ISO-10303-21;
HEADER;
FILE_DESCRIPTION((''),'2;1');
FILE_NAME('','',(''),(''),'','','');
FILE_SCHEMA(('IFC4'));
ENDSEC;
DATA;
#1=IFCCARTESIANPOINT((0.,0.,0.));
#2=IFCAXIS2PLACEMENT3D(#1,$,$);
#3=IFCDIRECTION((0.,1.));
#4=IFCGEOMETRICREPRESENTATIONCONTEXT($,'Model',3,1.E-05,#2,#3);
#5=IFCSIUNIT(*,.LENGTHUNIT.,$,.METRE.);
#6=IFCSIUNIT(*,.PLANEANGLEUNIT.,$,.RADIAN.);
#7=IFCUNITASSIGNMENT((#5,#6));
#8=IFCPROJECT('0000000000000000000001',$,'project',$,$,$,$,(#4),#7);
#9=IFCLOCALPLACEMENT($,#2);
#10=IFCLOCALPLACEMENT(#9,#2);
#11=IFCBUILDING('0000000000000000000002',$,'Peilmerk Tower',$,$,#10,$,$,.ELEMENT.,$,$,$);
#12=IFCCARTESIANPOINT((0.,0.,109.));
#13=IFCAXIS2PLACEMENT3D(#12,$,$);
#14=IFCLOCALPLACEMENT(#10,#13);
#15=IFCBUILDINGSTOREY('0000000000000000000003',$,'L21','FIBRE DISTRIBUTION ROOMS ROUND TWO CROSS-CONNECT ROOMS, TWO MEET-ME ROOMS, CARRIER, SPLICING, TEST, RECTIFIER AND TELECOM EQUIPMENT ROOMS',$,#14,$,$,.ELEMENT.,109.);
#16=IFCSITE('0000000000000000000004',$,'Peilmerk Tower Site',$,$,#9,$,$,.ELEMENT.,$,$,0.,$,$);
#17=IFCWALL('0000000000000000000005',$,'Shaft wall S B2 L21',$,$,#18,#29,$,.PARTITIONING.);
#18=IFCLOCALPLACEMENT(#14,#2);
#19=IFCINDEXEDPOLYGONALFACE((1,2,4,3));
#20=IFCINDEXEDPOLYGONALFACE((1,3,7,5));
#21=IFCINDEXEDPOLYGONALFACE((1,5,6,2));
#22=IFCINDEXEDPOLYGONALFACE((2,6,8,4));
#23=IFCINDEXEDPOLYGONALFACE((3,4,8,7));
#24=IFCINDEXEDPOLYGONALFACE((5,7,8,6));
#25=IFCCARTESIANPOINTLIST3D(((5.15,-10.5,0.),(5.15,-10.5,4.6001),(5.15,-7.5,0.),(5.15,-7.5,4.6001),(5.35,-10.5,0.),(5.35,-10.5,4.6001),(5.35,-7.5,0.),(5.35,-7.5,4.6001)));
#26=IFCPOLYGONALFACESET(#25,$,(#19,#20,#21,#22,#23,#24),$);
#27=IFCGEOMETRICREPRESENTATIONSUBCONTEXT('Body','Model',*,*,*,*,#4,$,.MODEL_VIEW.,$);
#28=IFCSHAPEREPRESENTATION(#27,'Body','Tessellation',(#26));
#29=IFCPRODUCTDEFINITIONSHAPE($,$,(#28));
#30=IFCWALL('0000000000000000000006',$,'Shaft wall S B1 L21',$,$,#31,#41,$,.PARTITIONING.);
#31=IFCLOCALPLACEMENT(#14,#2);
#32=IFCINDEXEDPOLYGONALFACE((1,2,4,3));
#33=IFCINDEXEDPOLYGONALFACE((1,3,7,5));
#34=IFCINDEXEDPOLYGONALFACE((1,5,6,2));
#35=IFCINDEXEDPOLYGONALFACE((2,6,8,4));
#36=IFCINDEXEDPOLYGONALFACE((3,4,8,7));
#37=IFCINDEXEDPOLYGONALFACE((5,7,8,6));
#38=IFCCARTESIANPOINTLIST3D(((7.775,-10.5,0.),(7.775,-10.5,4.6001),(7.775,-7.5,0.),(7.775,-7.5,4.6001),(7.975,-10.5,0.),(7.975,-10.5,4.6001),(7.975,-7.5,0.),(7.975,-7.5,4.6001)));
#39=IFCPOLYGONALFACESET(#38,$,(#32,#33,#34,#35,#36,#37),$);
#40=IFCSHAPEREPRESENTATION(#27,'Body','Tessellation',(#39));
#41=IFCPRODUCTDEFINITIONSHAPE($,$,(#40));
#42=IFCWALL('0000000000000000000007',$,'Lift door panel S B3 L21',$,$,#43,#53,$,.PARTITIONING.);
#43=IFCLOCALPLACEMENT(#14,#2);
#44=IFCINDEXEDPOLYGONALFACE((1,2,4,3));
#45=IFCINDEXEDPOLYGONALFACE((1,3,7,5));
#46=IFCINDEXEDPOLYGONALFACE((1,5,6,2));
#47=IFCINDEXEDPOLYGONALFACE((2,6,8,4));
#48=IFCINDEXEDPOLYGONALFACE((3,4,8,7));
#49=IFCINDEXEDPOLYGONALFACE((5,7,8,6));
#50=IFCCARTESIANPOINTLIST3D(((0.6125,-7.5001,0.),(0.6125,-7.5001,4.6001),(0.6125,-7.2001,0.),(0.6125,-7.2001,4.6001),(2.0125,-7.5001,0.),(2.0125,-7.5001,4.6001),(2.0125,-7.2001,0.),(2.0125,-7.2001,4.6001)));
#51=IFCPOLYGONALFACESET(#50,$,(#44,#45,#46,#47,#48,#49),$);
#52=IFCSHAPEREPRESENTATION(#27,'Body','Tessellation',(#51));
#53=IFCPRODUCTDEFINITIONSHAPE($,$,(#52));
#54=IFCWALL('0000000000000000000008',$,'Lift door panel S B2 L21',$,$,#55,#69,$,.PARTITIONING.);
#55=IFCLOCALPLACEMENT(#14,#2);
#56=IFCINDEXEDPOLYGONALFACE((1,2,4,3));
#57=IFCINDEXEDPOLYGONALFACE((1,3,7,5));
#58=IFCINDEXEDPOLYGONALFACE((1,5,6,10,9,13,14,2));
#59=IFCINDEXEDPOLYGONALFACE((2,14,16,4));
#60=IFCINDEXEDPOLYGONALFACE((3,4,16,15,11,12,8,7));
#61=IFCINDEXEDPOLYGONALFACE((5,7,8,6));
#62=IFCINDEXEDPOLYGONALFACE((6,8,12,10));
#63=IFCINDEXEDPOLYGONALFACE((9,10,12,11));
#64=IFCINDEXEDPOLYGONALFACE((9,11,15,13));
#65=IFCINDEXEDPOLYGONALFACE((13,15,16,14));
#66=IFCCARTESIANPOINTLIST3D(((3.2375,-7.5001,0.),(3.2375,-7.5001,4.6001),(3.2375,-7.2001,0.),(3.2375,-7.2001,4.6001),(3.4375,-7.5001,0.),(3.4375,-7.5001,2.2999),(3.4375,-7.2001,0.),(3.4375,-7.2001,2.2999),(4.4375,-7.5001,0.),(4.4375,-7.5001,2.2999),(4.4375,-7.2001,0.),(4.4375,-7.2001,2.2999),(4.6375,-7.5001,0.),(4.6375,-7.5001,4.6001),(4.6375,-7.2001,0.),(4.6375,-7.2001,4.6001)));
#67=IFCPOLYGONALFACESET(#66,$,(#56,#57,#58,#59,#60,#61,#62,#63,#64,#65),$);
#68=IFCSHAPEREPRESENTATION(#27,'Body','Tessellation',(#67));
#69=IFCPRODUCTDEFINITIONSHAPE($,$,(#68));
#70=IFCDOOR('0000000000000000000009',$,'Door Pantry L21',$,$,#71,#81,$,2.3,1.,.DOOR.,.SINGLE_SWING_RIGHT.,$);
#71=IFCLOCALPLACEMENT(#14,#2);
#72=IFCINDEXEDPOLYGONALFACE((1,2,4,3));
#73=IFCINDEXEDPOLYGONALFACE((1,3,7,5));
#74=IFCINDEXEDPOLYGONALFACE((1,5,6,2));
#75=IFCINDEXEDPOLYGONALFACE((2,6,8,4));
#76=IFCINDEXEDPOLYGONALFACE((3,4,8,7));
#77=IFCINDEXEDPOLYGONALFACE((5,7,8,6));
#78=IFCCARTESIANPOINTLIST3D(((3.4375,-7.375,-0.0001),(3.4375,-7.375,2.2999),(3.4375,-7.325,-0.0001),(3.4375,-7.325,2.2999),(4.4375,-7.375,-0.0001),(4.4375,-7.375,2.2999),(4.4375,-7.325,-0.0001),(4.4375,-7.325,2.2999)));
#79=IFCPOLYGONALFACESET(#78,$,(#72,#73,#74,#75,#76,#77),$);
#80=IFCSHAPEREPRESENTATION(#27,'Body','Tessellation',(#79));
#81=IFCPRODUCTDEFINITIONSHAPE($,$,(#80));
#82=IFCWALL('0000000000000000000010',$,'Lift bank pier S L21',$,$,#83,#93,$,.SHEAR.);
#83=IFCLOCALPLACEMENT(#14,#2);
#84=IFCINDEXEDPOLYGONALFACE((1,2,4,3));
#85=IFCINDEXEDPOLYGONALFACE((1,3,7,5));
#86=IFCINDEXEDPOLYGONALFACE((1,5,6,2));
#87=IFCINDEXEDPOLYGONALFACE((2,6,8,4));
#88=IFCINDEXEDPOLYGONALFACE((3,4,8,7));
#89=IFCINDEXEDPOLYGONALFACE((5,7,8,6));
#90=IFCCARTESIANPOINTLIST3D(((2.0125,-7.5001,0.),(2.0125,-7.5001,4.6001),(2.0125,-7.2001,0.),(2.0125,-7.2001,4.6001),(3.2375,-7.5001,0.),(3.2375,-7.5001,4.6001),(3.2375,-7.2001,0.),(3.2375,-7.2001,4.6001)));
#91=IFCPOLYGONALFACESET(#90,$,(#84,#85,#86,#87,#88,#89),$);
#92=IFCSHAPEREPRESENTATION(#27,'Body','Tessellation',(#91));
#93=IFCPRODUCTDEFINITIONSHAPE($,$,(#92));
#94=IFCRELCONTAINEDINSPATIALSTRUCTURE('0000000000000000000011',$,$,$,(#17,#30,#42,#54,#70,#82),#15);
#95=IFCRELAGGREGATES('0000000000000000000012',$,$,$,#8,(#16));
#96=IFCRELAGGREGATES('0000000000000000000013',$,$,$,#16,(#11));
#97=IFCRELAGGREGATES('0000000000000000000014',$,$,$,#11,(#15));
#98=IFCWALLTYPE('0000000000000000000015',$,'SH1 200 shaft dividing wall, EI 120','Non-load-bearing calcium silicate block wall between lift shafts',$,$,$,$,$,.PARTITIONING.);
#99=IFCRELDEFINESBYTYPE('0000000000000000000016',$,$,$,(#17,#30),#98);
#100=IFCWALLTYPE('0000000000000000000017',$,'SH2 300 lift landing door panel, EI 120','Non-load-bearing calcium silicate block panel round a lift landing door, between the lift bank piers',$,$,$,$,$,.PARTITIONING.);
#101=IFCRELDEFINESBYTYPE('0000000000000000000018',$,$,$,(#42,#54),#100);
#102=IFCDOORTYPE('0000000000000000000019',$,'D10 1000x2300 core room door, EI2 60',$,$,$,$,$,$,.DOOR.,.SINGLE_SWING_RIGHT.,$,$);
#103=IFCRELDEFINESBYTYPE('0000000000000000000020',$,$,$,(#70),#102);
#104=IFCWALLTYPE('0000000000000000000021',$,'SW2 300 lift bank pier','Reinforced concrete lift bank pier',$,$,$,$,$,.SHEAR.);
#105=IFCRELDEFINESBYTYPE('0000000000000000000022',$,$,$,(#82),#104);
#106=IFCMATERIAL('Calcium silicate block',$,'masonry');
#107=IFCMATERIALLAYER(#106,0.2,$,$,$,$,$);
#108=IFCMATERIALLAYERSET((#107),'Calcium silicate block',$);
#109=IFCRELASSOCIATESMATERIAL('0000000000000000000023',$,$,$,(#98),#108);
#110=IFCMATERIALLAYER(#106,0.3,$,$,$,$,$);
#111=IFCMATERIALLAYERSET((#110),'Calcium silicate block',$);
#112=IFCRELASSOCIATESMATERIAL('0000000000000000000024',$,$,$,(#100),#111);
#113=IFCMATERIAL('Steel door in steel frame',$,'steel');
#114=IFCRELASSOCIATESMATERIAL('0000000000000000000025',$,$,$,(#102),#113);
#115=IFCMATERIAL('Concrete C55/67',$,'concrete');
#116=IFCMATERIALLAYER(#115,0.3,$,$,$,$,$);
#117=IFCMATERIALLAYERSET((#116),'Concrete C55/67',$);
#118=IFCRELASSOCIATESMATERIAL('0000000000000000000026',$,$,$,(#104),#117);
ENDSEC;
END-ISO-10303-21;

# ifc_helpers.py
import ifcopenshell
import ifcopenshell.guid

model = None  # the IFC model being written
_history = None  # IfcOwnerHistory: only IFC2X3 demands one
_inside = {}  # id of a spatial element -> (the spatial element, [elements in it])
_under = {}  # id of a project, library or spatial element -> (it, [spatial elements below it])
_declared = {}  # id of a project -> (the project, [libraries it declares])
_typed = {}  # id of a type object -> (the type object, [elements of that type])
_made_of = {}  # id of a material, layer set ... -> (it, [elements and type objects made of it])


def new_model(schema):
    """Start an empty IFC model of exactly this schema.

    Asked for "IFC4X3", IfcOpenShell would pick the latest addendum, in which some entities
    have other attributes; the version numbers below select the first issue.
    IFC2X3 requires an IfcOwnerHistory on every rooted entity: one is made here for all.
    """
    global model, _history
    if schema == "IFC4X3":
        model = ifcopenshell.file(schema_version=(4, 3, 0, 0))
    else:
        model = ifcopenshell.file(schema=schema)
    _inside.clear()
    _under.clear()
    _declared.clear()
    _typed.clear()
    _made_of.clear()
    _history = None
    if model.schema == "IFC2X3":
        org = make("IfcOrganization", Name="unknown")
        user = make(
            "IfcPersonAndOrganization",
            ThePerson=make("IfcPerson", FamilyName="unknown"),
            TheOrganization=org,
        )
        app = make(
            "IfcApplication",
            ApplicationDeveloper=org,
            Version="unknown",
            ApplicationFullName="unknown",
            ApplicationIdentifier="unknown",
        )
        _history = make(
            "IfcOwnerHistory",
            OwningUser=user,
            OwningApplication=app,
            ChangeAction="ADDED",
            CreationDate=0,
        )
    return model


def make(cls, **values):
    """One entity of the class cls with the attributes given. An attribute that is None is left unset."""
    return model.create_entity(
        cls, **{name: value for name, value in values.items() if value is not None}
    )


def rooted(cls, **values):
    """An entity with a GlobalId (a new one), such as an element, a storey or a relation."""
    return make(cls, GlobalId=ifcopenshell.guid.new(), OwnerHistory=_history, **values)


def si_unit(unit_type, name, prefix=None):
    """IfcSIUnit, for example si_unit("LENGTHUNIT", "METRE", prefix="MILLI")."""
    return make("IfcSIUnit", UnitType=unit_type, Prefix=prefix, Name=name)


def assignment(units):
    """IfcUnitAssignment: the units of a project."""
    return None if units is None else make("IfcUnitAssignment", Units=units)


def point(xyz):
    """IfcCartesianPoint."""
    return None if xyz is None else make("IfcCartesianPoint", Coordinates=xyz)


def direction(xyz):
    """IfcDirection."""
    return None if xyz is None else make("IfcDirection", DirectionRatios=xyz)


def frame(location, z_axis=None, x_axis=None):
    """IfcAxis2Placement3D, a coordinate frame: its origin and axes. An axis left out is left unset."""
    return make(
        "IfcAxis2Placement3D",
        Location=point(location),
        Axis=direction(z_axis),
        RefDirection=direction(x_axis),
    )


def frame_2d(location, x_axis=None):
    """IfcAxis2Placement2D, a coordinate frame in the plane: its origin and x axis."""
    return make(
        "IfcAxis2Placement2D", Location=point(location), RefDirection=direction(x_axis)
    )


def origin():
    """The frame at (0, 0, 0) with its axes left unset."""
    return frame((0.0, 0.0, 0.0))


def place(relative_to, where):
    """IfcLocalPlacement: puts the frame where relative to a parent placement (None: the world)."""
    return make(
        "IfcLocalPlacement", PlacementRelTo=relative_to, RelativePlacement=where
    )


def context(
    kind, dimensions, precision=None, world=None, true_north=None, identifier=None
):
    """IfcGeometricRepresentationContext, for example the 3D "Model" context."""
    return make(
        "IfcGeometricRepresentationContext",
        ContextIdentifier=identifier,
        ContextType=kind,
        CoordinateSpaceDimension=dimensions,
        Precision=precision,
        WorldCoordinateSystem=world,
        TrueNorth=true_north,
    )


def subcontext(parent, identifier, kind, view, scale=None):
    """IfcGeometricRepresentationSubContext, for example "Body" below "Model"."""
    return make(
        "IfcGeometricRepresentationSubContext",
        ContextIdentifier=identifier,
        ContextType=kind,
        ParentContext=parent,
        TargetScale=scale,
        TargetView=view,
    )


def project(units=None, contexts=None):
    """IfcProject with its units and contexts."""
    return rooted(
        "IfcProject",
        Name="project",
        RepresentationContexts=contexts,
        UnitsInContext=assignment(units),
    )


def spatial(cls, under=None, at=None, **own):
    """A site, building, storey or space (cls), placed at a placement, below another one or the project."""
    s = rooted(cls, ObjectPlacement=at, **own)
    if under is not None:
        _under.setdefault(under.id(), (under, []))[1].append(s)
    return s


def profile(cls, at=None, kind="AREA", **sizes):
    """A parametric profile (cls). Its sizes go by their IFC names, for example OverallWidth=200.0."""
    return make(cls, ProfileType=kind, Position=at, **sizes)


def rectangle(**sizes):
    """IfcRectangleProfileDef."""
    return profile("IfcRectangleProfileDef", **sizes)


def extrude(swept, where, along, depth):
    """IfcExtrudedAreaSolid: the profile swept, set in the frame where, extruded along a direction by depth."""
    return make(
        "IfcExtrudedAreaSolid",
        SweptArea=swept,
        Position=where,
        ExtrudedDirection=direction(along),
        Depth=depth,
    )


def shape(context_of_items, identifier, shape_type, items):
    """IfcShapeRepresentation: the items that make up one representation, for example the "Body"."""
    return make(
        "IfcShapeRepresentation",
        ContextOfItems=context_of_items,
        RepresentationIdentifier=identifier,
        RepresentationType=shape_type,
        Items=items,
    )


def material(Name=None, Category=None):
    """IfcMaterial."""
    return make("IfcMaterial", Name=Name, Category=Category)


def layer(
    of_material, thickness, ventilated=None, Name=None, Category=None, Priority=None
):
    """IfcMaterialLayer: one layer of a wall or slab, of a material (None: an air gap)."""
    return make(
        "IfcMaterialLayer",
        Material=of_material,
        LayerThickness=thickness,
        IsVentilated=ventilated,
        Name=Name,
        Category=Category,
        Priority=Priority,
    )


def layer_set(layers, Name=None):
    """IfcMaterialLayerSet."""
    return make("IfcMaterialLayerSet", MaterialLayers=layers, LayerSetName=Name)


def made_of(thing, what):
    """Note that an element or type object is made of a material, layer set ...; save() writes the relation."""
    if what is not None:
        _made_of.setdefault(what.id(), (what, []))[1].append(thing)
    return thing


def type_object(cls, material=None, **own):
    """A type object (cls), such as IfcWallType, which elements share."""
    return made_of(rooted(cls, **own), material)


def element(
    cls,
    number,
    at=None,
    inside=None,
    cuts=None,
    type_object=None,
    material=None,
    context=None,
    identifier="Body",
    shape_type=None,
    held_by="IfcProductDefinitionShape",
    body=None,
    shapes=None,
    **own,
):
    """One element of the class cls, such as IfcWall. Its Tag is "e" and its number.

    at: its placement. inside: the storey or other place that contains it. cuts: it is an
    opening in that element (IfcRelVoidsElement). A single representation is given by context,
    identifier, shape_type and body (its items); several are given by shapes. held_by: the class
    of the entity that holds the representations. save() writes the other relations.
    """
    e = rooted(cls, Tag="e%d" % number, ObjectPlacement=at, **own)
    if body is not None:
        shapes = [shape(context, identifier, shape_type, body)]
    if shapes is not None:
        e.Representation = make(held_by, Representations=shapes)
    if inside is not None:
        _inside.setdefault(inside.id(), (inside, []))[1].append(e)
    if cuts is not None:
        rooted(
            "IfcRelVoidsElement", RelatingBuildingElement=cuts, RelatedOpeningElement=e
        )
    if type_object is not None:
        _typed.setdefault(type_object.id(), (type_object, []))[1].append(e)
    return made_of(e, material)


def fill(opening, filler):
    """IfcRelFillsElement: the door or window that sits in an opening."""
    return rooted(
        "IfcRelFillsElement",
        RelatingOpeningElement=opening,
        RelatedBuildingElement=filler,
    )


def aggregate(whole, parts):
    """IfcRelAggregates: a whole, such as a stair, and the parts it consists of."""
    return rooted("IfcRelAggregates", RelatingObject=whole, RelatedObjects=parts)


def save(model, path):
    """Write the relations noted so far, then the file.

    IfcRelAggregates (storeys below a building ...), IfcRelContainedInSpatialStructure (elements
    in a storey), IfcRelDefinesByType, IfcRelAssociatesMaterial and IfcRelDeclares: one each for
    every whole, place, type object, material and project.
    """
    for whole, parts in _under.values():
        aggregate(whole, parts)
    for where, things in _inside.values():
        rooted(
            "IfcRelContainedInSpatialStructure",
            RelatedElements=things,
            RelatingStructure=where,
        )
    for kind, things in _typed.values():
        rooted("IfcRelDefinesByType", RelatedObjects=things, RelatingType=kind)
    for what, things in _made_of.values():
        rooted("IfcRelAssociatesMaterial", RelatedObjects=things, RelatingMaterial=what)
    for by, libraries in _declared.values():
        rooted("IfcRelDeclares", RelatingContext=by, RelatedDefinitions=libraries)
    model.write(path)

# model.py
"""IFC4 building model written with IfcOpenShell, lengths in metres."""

from ifc_helpers import new_model, si_unit, direction, frame, frame_2d, origin, place, context, subcontext, project, spatial, rectangle, extrude, material, layer, layer_set, type_object, element, fill, save


model = new_model("IFC4")

# Units and contexts
model_context = context("Model", 3, precision=1e-05, world=origin(), true_north=direction((0.0, 1.0)))
body_context = subcontext(model_context, "Body", "Model", "MODEL_VIEW")
ifc_project = project(units=[si_unit("LENGTHUNIT", "METRE"), si_unit("PLANEANGLEUNIT", "RADIAN")], contexts=[model_context])

# Site, building, storey
site_placement = place(None, origin())
site = spatial("IfcSite", under=ifc_project, at=site_placement, Name="Peilmerk Tower Site", CompositionType="ELEMENT", RefElevation=0.0)
building_placement = place(site_placement, origin())
building = spatial("IfcBuilding", under=site, at=building_placement, Name="Peilmerk Tower", CompositionType="ELEMENT")
storey_placement = place(building_placement, frame((0.0, 0.0, 109.0)))
storey = spatial("IfcBuildingStorey", under=building, at=storey_placement, Name="L21", Description="FIBRE DISTRIBUTION ROOMS ROUND TWO CROSS-CONNECT ROOMS, TWO MEET-ME ROOMS, CARRIER, SPLICING, TEST, RECTIFIER AND TELECOM EQUIPMENT ROOMS", CompositionType="ELEMENT", Elevation=109.0)

# Walls
ifc_material_1 = material(Name="Calcium silicate block", Category="masonry")
ifc_layer_1 = layer(ifc_material_1, 0.2)
ifc_layer_set_1 = layer_set([ifc_layer_1], Name="Calcium silicate block")
wall_type_1 = type_object("IfcWallType", Name="SH1 200 shaft dividing wall, EI 120", Description="Non-load-bearing calcium silicate block wall between lift shafts", PredefinedType="PARTITIONING", material=ifc_layer_set_1)
for number, where, z_axis, x_axis, name in (
    (1, (5.25, -10.5, 0.0), (0.0, 0.0, 1.0), (0.0, 1.0, 0.0), "Shaft wall S B2 L21"),
    (2, (7.875, -10.5, 0.0), (0.0, 0.0, 1.0), (0.0, 1.0, 0.0), "Shaft wall S B1 L21"),
):
    element("IfcWall", number, at=place(storey_placement, frame(where, z_axis=z_axis, x_axis=x_axis)), inside=storey, type_object=wall_type_1, Name=name, PredefinedType="PARTITIONING", context=body_context, shape_type="SweptSolid", body=[
        extrude(rectangle(XDim=3.0, YDim=0.2, at=frame_2d((1.5, 0.0))), origin(), (0.0, 0.0, 1.0), 4.6001),
    ])
ifc_layer_2 = layer(ifc_material_1, 0.3)
ifc_layer_set_2 = layer_set([ifc_layer_2], Name="Calcium silicate block")
wall_type_2 = type_object("IfcWallType", Name="SH2 300 lift landing door panel, EI 120", Description="Non-load-bearing calcium silicate block panel round a lift landing door, between the lift bank piers", PredefinedType="PARTITIONING", material=ifc_layer_set_2)
wall_1_placement = place(storey_placement, frame((0.6125, -7.3501, 0.0), z_axis=(0.0, 0.0, 1.0), x_axis=(1.0, 0.0, 0.0)))
element("IfcWall", 3, at=wall_1_placement, inside=storey, type_object=wall_type_2, Name="Lift door panel S B3 L21", PredefinedType="PARTITIONING", context=body_context, shape_type="SweptSolid", body=[
    extrude(rectangle(XDim=1.3999, YDim=0.3, at=frame_2d((0.7, 0.0))), origin(), (0.0, 0.0, 1.0), 4.6001),
])

# Wall, opening, door
wall_2_placement = place(storey_placement, frame((3.2375, -7.3501, 0.0), z_axis=(0.0, 0.0, 1.0), x_axis=(1.0, 0.0, 0.0)))
wall_2 = element("IfcWall", 4, at=wall_2_placement, inside=storey, type_object=wall_type_2, Name="Lift door panel S B2 L21", PredefinedType="PARTITIONING", context=body_context, shape_type="SweptSolid", body=[
    extrude(rectangle(XDim=1.3999, YDim=0.3, at=frame_2d((0.7, 0.0))), origin(), (0.0, 0.0, 1.0), 4.6001),
])
opening_placement = place(wall_2_placement, frame((0.2, 0.0, 0.0)))
opening = element("IfcOpeningElement", 5, at=opening_placement, cuts=wall_2, PredefinedType="OPENING", context=body_context, shape_type="SweptSolid", body=[
    extrude(rectangle(XDim=1.0, YDim=2.3, at=frame_2d((0.5, 1.1499))), frame((0.0, 0.1599, 0.0), z_axis=(0.0, -1.0, 0.0), x_axis=(1.0, 0.0, 0.0)), (0.0, 0.0, 1.0), 0.3201),
])
ifc_material_2 = material(Name="Steel door in steel frame", Category="steel")
door_type = type_object("IfcDoorType", Name="D10 1000x2300 core room door, EI2 60", OperationType="SINGLE_SWING_RIGHT", PredefinedType="DOOR", material=ifc_material_2)
door_placement = place(opening_placement, frame((1.0, 0.0, 0.0), z_axis=(0.0, 0.0, 1.0), x_axis=(-1.0, 0.0, 0.0)))
door = element("IfcDoor", 6, at=door_placement, inside=storey, type_object=door_type, Name="Door Pantry L21", OperationType="SINGLE_SWING_RIGHT", OverallHeight=2.3, OverallWidth=1.0, PredefinedType="DOOR", context=body_context, shape_type="SweptSolid", body=[
    extrude(rectangle(XDim=1.0, YDim=2.3, at=frame_2d((0.5, 1.1499))), frame((0.0, 0.0249, 0.0), z_axis=(0.0, -1.0, 0.0), x_axis=(1.0, 0.0, 0.0)), (0.0, 0.0, 1.0), 0.05),
])
fill(opening, door)

# Wall
ifc_material_3 = material(Name="Concrete C55/67", Category="concrete")
ifc_layer_3 = layer(ifc_material_3, 0.3)
ifc_layer_set_3 = layer_set([ifc_layer_3], Name="Concrete C55/67")
wall_type_3 = type_object("IfcWallType", Name="SW2 300 lift bank pier", Description="Reinforced concrete lift bank pier", PredefinedType="SHEAR", material=ifc_layer_set_3)
wall_3_placement = place(storey_placement, frame((2.0125, -7.3501, 0.0), z_axis=(0.0, 0.0, 1.0), x_axis=(1.0, 0.0, 0.0)))
element("IfcWall", 7, at=wall_3_placement, inside=storey, type_object=wall_type_3, Name="Lift bank pier S L21", PredefinedType="SHEAR", context=body_context, shape_type="SweptSolid", body=[
    extrude(rectangle(XDim=1.2251, YDim=0.3, at=frame_2d((0.6125, 0.0))), origin(), (0.0, 0.0, 1.0), 4.6001),
])

save(model, "model.ifc")
